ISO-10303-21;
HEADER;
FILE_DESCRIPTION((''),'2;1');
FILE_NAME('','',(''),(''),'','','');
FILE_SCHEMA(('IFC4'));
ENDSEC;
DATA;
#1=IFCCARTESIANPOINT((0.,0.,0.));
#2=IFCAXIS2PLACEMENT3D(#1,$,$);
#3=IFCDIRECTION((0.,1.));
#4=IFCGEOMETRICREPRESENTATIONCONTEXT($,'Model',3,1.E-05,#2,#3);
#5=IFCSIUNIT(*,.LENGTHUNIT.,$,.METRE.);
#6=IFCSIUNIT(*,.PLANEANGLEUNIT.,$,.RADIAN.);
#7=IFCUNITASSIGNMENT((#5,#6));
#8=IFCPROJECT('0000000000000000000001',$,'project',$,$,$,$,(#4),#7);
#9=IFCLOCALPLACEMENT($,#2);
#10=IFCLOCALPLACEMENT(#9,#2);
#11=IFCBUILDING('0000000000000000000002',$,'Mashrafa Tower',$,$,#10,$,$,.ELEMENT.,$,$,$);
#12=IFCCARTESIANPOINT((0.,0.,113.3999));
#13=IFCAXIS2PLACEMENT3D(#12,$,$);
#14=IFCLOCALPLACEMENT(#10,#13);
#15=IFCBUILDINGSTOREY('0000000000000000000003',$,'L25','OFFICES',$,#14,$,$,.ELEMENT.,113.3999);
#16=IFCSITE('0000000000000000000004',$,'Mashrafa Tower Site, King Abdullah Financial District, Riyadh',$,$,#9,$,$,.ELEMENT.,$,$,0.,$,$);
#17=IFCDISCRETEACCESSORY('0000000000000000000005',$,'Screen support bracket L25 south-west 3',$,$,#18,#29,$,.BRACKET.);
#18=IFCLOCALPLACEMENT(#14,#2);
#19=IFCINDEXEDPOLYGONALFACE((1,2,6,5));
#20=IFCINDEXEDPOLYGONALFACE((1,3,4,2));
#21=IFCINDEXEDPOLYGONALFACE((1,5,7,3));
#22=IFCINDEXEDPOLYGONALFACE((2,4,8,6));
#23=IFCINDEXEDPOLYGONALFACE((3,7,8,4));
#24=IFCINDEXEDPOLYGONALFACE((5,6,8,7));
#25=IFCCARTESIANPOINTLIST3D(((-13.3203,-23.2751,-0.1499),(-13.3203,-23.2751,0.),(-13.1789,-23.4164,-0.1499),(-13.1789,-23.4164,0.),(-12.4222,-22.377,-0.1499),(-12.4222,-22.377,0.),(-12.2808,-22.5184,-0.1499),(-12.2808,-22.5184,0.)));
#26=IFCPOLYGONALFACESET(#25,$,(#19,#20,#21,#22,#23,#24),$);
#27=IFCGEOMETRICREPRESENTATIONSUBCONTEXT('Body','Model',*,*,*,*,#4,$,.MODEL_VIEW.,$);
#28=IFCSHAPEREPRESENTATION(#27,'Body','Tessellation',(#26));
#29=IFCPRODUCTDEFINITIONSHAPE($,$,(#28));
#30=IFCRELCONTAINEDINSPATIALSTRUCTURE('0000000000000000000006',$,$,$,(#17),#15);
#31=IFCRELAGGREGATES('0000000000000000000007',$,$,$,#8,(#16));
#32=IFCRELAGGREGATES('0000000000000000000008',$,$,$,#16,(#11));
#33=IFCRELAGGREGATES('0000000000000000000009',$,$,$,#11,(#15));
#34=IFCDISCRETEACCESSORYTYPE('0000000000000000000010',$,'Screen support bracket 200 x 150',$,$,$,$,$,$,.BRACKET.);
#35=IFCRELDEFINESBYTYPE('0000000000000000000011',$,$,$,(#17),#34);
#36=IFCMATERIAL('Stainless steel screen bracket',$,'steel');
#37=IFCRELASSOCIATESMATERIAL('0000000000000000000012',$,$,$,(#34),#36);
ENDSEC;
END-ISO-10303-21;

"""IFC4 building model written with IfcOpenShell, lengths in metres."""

from ifc_helpers import new_model, si_unit, direction, frame, origin, origin_2d, place, context, subcontext, project, spatial, rectangle, extrude, source, transform, mapped, material, type_object, type_shapes, element, save


model = new_model("IFC4")

# Units and contexts
model_context = context("Model", 3, precision=1e-05, world=origin(), true_north=direction((0.0, 1.0)))
body_context = subcontext(model_context, "Body", "Model", "MODEL_VIEW")
ifc_project = project(units=[si_unit("LENGTHUNIT", "METRE"), si_unit("PLANEANGLEUNIT", "RADIAN")], contexts=[model_context])

# Site, building, storey
site_placement = place(None, origin())
site = spatial("IfcSite", under=ifc_project, at=site_placement, Name="Mashrafa Tower Site, King Abdullah Financial District, Riyadh", CompositionType="ELEMENT", RefElevation=0.0)
building_placement = place(site_placement, origin())
building = spatial("IfcBuilding", under=site, at=building_placement, Name="Mashrafa Tower", CompositionType="ELEMENT")
storey_placement = place(building_placement, frame((0.0, 0.0, 113.3999)))
storey = spatial("IfcBuildingStorey", under=building, at=storey_placement, Name="L25", Description="OFFICES", CompositionType="ELEMENT", Elevation=113.3999)

# Discrete accessory
ifc_material_1 = material(Name="Stainless steel screen bracket", Category="steel")
discrete_accessory_type = type_object("IfcDiscreteAccessoryType", Name="Screen support bracket 200 x 150", PredefinedType="BRACKET", material=ifc_material_1)
shared_shape_1 = source(origin(), body_context, "Body", "SweptSolid", [
    extrude(rectangle(XDim=0.2, YDim=1.27, at=origin_2d()), origin(), (0.0, 0.0, 1.0), 0.1499),
])
type_shapes(discrete_accessory_type, [shared_shape_1])
for number, where, z_axis, x_axis, name in (
    (1, (-12.8005, -22.8967, -0.1499), (0.0, 0.0, 1.0), (0.707107, -0.707107, 0.0), "Screen support bracket L25 south-west 3"),
):
    element("IfcDiscreteAccessory", number, at=place(storey_placement, frame(where, z_axis=z_axis, x_axis=x_axis)), inside=storey, type_object=discrete_accessory_type, Name=name, PredefinedType="BRACKET", context=body_context, shape_type="MappedRepresentation", body=[
        mapped(shared_shape_1, transform((0.0, 0.0, 0.0))),
    ])

save(model, "model.ifc")
